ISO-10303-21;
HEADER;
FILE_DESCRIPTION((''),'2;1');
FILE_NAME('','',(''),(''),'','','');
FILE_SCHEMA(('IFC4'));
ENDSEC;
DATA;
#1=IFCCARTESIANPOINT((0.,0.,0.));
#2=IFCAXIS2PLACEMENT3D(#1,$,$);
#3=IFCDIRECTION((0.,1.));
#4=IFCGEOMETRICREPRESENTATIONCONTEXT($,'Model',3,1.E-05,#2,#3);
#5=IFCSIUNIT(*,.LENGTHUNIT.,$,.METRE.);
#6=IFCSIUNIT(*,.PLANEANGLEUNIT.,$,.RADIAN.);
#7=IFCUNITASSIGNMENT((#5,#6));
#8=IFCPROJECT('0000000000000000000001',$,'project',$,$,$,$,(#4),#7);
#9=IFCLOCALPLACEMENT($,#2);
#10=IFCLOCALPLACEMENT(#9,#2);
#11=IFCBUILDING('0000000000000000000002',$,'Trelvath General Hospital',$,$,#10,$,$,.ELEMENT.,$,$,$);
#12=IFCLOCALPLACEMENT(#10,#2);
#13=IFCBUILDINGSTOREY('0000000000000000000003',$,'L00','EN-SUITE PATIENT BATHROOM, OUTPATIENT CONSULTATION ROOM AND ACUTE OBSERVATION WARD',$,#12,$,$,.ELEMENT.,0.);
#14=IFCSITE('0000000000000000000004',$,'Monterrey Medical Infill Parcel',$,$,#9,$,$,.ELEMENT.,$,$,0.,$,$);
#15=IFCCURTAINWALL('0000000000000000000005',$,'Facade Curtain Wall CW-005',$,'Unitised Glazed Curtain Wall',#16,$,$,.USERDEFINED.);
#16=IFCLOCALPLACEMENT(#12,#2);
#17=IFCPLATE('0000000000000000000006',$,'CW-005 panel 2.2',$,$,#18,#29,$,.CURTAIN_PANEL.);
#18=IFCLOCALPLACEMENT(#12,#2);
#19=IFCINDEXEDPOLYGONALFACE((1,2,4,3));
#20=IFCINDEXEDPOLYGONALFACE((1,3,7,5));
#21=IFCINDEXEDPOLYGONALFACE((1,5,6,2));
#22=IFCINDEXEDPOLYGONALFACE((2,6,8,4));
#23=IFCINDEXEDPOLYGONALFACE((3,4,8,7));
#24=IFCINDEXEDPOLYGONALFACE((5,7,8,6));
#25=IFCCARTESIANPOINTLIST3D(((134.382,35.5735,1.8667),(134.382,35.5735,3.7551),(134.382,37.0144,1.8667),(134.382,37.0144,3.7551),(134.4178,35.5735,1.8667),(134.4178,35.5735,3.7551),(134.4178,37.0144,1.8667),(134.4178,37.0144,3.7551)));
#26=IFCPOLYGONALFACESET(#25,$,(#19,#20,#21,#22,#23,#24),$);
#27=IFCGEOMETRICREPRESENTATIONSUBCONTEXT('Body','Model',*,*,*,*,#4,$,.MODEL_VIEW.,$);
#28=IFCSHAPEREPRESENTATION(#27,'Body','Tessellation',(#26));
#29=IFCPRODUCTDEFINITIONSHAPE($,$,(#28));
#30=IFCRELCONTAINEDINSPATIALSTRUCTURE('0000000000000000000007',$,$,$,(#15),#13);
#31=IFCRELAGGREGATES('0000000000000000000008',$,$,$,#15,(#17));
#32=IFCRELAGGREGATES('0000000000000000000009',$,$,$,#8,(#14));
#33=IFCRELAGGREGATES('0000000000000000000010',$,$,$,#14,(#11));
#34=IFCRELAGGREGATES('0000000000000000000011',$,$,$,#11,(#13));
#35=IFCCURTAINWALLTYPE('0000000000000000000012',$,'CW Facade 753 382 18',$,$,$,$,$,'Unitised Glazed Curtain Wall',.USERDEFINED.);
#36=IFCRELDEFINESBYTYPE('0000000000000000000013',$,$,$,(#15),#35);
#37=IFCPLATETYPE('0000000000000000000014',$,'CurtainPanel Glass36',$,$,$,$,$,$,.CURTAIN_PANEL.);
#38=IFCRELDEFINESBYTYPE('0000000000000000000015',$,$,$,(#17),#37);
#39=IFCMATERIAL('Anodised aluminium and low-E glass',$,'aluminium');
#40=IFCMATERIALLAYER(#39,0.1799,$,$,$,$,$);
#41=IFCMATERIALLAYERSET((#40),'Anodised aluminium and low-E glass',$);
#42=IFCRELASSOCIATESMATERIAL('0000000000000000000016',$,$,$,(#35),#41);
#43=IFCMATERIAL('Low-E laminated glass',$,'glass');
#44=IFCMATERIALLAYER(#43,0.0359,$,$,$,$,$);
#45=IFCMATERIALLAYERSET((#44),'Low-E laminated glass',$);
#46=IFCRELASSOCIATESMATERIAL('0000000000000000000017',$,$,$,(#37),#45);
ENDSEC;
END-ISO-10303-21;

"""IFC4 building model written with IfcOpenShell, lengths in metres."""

from ifc_helpers import new_model, si_unit, direction, frame, origin, origin_2d, place, context, subcontext, project, spatial, rectangle, extrude, material, layer, layer_set, type_object, element, aggregate, save


model = new_model("IFC4")

# Units and contexts
model_context = context("Model", 3, precision=1e-05, world=origin(), true_north=direction((0.0, 1.0)))
body_context = subcontext(model_context, "Body", "Model", "MODEL_VIEW")
ifc_project = project(units=[si_unit("LENGTHUNIT", "METRE"), si_unit("PLANEANGLEUNIT", "RADIAN")], contexts=[model_context])

# Site, building, storey
site_placement = place(None, origin())
site = spatial("IfcSite", under=ifc_project, at=site_placement, Name="Monterrey Medical Infill Parcel", CompositionType="ELEMENT", RefElevation=0.0)
building_placement = place(site_placement, origin())
building = spatial("IfcBuilding", under=site, at=building_placement, Name="Trelvath General Hospital", CompositionType="ELEMENT")
storey_placement = place(building_placement, origin())
storey = spatial("IfcBuildingStorey", under=building, at=storey_placement, Name="L00", Description="EN-SUITE PATIENT BATHROOM, OUTPATIENT CONSULTATION ROOM AND ACUTE OBSERVATION WARD", CompositionType="ELEMENT", Elevation=0.0)

# Shared definitions
ifc_material_1 = material(Name="Anodised aluminium and low-E glass", Category="aluminium")
ifc_layer_1 = layer(ifc_material_1, 0.1799)
ifc_layer_set_1 = layer_set([ifc_layer_1], Name="Anodised aluminium and low-E glass")
curtain_wall_type = type_object("IfcCurtainWallType", Name="CW Facade 753 382 18", ElementType="Unitised Glazed Curtain Wall", PredefinedType="USERDEFINED", material=ifc_layer_set_1)

# Curtain wall
curtain_wall_1_placement = place(storey_placement, origin())
curtain_wall_1 = element("IfcCurtainWall", 1, at=curtain_wall_1_placement, inside=storey, type_object=curtain_wall_type, Name="Facade Curtain Wall CW-005", ObjectType="Unitised Glazed Curtain Wall", PredefinedType="USERDEFINED")

# Plate
ifc_material_2 = material(Name="Low-E laminated glass", Category="glass")
ifc_layer_2 = layer(ifc_material_2, 0.0359)
ifc_layer_set_2 = layer_set([ifc_layer_2], Name="Low-E laminated glass")
plate_type = type_object("IfcPlateType", Name="CurtainPanel Glass36", PredefinedType="CURTAIN_PANEL", material=ifc_layer_set_2)
plate_1_placement = place(storey_placement, frame((134.3999, 36.2939, 1.8667), z_axis=(0.0, 0.0, 1.0), x_axis=(0.0, 1.0, 0.0)))
plate_1 = element("IfcPlate", 2, at=plate_1_placement, type_object=plate_type, Name="CW-005 panel 2.2", PredefinedType="CURTAIN_PANEL", context=body_context, shape_type="SweptSolid", body=[
    extrude(rectangle(XDim=1.4409, YDim=0.0359, at=origin_2d()), origin(), (0.0, 0.0, 1.0), 1.8884),
])
aggregate(curtain_wall_1, [plate_1])

save(model, "model.ifc")
